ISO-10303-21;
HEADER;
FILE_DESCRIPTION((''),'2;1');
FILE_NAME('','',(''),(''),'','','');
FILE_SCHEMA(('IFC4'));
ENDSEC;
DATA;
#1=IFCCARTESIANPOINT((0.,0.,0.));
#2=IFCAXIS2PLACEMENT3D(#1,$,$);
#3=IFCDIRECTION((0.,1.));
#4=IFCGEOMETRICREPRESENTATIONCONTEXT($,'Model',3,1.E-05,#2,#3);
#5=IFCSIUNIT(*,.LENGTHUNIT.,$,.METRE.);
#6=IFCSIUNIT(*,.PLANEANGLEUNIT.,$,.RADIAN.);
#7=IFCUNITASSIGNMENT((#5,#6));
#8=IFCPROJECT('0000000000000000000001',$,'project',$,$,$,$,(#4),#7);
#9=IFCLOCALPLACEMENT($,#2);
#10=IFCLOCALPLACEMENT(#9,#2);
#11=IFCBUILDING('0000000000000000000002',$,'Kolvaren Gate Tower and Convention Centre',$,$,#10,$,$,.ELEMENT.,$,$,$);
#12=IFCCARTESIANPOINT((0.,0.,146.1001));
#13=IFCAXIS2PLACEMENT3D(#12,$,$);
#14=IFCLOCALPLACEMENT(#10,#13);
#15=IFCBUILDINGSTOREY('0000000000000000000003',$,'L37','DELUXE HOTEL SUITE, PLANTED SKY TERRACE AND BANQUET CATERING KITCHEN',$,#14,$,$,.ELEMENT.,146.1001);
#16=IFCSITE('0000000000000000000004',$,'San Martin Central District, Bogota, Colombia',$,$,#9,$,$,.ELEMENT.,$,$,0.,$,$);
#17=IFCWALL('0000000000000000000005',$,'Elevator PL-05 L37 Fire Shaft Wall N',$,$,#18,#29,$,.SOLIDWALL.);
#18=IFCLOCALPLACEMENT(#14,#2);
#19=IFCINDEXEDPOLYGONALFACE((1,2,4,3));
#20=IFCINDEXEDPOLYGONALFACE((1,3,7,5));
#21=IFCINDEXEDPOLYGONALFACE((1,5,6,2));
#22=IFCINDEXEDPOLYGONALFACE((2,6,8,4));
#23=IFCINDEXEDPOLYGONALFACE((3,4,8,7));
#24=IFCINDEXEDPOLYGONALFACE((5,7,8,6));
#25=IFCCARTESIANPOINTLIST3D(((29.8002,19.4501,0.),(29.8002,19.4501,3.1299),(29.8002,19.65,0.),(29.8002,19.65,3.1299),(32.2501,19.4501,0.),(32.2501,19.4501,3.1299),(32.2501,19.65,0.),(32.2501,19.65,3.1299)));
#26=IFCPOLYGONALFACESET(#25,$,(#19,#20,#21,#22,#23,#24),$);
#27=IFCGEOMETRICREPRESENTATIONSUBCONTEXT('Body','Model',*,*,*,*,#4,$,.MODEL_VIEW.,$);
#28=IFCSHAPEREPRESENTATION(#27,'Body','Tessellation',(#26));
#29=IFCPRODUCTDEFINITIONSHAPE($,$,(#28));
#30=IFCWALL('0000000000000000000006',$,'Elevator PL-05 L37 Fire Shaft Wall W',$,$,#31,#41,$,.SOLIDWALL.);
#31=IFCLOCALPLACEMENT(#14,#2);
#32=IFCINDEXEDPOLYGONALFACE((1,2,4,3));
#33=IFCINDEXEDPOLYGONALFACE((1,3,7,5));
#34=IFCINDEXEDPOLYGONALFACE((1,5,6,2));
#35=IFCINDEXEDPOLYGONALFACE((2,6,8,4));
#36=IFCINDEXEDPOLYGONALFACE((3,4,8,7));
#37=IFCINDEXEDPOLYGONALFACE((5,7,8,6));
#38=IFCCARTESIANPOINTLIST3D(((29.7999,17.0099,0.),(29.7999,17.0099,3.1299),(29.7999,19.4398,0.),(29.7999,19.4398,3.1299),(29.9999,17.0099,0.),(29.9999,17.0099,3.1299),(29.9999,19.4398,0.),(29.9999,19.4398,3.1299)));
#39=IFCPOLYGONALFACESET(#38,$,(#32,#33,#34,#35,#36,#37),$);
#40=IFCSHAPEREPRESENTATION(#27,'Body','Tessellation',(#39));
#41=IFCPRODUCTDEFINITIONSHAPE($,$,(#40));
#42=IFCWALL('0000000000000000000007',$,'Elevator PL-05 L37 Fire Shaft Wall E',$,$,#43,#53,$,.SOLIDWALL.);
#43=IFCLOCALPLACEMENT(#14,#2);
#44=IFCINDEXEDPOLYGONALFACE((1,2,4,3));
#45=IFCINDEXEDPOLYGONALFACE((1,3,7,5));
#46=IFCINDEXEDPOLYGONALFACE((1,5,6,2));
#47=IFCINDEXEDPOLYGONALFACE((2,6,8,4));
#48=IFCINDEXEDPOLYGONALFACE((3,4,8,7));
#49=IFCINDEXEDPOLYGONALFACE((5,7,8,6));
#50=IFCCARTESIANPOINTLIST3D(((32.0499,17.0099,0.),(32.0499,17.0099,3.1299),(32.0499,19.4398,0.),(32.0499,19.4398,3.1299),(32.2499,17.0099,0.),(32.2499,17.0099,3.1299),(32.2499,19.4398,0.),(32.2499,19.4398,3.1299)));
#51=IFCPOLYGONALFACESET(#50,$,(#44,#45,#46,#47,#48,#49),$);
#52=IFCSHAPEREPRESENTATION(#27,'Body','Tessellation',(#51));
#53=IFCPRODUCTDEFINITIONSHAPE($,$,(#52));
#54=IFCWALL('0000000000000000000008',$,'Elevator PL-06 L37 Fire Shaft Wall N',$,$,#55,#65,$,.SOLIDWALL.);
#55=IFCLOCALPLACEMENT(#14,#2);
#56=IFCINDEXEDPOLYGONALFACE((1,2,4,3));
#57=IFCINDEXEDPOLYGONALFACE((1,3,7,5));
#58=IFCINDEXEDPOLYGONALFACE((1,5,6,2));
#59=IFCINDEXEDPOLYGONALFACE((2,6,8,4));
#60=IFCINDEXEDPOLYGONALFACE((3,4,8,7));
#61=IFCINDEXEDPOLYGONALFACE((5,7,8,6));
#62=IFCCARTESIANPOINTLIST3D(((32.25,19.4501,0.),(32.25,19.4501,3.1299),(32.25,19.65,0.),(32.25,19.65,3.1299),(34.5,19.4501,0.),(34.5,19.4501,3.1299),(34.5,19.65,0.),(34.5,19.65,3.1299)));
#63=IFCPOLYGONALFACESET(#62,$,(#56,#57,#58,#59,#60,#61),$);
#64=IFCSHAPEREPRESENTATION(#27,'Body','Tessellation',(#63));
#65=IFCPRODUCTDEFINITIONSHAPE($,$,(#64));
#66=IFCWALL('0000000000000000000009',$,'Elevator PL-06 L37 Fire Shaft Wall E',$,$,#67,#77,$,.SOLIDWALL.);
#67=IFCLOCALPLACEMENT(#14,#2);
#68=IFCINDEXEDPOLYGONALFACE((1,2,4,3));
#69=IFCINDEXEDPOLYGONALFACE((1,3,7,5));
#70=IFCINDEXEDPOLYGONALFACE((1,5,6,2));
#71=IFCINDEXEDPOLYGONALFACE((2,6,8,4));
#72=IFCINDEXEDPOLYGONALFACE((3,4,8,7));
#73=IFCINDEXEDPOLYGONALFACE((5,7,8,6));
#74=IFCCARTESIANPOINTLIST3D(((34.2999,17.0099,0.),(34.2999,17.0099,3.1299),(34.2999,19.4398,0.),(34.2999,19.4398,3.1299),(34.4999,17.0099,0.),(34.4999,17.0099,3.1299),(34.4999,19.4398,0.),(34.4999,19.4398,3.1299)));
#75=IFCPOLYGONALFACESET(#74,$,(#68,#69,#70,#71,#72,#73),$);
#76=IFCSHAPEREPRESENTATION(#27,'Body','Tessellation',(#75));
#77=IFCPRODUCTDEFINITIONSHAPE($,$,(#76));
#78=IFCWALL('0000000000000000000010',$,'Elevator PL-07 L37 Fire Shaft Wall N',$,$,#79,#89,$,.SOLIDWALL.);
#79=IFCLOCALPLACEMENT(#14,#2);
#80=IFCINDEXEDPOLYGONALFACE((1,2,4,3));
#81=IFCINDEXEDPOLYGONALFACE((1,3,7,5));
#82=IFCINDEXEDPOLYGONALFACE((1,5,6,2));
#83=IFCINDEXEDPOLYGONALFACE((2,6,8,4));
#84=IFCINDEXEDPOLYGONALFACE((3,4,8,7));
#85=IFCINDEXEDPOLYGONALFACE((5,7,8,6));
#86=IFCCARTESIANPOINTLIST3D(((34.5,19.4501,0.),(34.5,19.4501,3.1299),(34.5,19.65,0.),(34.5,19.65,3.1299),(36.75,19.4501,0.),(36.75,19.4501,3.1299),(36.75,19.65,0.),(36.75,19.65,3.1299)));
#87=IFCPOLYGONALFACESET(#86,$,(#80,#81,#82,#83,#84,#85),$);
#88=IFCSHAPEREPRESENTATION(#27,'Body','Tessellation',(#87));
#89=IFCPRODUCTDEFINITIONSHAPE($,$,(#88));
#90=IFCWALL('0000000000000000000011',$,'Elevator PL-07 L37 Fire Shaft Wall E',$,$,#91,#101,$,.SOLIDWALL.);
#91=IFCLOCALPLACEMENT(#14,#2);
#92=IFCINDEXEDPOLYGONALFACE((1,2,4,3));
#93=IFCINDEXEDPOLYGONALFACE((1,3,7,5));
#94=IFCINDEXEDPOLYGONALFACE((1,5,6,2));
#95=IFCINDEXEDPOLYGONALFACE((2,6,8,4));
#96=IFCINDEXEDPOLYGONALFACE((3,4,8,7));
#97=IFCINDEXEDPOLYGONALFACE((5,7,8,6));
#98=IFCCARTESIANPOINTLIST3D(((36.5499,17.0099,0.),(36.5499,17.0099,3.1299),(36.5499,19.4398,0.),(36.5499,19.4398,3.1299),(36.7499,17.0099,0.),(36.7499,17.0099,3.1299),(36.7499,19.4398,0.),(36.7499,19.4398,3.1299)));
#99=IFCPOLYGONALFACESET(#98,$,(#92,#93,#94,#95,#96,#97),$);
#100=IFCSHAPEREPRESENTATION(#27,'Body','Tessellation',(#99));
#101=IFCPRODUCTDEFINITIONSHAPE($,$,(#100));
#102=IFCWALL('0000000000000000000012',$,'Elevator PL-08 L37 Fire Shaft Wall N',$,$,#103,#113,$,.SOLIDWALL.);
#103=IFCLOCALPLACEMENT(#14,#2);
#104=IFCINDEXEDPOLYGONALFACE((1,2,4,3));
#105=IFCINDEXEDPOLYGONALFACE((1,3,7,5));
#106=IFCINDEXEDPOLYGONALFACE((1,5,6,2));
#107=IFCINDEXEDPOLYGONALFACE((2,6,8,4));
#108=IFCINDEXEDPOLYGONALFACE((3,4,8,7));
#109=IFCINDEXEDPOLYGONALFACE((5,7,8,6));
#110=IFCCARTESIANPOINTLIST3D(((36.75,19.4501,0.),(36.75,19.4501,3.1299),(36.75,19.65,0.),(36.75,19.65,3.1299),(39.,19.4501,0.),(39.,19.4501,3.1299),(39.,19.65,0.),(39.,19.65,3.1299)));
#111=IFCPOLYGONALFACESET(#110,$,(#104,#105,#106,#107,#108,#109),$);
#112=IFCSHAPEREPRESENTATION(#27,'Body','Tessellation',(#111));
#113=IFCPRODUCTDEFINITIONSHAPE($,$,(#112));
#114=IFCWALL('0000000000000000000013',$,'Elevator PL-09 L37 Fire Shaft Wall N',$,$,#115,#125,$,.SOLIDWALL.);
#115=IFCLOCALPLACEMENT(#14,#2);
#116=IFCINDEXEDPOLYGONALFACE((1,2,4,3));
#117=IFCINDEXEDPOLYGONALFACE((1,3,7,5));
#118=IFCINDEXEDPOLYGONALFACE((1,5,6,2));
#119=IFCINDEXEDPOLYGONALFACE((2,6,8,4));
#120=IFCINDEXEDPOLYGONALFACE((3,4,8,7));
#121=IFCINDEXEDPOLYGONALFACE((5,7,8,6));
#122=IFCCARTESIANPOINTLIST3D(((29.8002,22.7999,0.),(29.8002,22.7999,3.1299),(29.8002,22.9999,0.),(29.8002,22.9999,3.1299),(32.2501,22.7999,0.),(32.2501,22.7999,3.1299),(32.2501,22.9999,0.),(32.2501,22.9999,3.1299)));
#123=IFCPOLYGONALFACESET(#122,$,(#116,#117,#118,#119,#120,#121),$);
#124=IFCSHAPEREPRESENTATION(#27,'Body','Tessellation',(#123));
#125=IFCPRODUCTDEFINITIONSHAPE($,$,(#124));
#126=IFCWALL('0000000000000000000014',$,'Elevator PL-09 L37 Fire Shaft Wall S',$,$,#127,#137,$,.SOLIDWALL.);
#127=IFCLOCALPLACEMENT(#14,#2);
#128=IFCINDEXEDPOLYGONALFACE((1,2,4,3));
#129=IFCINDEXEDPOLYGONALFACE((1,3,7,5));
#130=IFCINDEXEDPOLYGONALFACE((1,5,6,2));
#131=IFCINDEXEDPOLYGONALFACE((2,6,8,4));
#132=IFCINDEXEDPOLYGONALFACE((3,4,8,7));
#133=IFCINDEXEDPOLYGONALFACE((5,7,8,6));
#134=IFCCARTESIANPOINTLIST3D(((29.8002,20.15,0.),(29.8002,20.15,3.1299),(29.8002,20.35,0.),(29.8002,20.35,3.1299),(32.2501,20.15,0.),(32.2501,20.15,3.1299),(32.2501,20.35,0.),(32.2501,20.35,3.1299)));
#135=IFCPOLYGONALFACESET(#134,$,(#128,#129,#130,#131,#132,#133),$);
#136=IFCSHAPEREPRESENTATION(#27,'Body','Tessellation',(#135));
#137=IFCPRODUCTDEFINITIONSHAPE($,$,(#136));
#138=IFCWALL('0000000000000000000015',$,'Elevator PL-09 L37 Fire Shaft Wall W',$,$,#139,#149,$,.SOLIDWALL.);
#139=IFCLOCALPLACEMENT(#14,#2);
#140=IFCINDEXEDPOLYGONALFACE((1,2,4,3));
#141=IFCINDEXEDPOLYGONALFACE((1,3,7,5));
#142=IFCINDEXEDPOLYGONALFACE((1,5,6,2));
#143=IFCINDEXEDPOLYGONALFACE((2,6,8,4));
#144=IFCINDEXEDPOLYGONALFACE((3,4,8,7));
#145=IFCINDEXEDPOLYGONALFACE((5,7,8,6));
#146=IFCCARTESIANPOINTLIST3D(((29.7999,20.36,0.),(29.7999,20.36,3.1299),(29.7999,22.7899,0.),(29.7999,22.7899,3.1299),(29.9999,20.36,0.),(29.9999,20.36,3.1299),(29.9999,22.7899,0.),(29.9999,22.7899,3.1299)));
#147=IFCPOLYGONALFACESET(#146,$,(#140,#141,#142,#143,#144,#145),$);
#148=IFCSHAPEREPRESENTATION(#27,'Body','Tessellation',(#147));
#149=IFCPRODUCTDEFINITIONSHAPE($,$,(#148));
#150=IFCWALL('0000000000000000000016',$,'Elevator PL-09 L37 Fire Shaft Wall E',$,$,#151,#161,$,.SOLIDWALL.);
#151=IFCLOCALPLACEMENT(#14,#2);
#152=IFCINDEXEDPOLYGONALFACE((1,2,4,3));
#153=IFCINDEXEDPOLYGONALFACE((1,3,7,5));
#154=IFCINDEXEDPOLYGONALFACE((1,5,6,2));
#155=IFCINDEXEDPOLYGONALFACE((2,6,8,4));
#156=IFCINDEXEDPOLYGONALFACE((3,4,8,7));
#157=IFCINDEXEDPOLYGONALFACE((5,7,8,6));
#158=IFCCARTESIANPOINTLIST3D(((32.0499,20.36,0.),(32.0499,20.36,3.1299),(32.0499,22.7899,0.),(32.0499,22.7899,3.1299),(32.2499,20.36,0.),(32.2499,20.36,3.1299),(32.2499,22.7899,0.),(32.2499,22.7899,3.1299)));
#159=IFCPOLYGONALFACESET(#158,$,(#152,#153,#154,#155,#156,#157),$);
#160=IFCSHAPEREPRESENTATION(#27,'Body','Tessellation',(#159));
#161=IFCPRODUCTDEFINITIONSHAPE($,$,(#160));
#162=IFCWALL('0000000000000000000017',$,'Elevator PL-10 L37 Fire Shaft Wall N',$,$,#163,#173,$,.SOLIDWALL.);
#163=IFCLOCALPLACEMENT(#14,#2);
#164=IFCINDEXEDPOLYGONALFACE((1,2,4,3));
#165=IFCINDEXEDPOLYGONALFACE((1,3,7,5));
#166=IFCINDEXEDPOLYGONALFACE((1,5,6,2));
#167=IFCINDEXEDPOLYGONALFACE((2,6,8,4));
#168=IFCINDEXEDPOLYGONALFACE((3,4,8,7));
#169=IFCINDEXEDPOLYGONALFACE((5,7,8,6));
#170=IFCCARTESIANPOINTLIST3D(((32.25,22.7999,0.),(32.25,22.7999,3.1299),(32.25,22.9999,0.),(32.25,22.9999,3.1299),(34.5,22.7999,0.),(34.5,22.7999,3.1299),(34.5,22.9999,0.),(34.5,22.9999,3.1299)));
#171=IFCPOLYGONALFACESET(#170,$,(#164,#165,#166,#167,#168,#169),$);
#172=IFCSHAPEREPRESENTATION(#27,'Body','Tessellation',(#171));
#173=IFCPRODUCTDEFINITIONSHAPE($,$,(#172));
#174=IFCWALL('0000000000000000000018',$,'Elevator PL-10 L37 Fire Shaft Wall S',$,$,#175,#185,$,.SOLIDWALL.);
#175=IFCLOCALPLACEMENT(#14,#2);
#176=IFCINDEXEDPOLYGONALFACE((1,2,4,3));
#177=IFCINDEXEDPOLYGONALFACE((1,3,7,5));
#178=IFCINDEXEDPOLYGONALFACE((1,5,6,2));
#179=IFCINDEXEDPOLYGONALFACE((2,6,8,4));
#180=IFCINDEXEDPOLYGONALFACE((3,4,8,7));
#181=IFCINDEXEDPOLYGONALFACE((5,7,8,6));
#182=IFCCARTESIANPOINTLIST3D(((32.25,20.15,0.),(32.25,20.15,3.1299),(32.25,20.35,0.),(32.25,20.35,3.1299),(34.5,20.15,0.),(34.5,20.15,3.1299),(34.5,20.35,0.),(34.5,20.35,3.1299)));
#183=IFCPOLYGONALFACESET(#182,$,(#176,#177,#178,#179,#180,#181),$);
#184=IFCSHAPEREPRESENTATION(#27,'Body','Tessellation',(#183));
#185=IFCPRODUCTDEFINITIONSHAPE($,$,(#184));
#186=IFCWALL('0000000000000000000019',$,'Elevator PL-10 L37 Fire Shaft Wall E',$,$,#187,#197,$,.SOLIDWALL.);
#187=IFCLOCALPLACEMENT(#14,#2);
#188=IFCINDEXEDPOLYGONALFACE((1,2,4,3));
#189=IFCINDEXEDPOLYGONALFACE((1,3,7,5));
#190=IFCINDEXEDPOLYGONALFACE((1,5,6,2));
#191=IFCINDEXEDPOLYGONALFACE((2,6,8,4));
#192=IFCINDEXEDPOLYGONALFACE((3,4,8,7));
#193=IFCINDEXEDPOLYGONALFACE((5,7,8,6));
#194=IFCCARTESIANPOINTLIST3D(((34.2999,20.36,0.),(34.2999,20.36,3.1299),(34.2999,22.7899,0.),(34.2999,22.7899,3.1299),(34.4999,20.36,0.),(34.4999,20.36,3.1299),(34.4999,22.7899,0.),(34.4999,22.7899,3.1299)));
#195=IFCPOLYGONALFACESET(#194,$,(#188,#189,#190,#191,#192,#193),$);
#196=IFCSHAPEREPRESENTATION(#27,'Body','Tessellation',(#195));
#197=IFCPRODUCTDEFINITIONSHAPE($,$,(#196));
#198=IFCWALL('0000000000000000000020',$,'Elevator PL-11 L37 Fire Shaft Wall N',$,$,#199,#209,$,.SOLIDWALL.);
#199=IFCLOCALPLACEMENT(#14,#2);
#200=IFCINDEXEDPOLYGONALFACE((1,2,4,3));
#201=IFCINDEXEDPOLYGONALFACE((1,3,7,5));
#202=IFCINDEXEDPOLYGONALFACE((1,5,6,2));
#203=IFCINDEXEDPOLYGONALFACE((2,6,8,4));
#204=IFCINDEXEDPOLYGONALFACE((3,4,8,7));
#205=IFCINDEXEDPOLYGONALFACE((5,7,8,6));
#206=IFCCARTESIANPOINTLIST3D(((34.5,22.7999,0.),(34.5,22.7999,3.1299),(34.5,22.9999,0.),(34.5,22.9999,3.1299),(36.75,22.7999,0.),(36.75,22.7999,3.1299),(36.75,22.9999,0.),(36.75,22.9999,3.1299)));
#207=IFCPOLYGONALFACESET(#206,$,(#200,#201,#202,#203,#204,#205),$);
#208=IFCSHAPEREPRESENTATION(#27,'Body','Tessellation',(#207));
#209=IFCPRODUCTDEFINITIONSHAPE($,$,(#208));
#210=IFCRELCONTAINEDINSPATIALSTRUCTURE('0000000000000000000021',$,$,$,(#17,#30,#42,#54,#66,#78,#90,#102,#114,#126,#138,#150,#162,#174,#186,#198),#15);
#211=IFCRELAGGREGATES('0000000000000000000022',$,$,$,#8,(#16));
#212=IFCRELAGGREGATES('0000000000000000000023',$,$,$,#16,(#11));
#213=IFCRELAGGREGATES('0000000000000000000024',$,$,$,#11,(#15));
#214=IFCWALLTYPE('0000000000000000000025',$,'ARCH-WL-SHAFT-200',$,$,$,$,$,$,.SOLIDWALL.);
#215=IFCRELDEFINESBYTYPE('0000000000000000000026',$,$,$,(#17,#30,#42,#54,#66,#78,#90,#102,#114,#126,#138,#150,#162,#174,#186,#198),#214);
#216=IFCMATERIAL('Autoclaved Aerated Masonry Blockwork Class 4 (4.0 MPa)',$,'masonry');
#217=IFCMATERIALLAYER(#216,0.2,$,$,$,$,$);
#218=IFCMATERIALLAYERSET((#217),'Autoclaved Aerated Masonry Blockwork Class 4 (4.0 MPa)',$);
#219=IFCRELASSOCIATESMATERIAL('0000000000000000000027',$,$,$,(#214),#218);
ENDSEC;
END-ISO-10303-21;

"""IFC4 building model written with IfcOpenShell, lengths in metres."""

from ifc_helpers import new_model, si_unit, direction, frame, frame_2d, origin, place, context, subcontext, project, spatial, rectangle, extrude, material, layer, layer_set, type_object, element, save


model = new_model("IFC4")

# Units and contexts
model_context = context("Model", 3, precision=1e-05, world=origin(), true_north=direction((0.0, 1.0)))
body_context = subcontext(model_context, "Body", "Model", "MODEL_VIEW")
ifc_project = project(units=[si_unit("LENGTHUNIT", "METRE"), si_unit("PLANEANGLEUNIT", "RADIAN")], contexts=[model_context])

# Site, building, storey
site_placement = place(None, origin())
site = spatial("IfcSite", under=ifc_project, at=site_placement, Name="San Martin Central District, Bogota, Colombia", CompositionType="ELEMENT", RefElevation=0.0)
building_placement = place(site_placement, origin())
building = spatial("IfcBuilding", under=site, at=building_placement, Name="Kolvaren Gate Tower and Convention Centre", CompositionType="ELEMENT")
storey_placement = place(building_placement, frame((0.0, 0.0, 146.1001)))
storey = spatial("IfcBuildingStorey", under=building, at=storey_placement, Name="L37", Description="DELUXE HOTEL SUITE, PLANTED SKY TERRACE AND BANQUET CATERING KITCHEN", CompositionType="ELEMENT", Elevation=146.1001)

# Walls
ifc_material_1 = material(Name="Autoclaved Aerated Masonry Blockwork Class 4 (4.0 MPa)", Category="masonry")
ifc_layer_1 = layer(ifc_material_1, 0.2)
ifc_layer_set_1 = layer_set([ifc_layer_1], Name="Autoclaved Aerated Masonry Blockwork Class 4 (4.0 MPa)")
wall_type_1 = type_object("IfcWallType", Name="ARCH-WL-SHAFT-200", PredefinedType="SOLIDWALL", material=ifc_layer_set_1)
wall_1_placement = place(storey_placement, frame((29.8, 19.55, 0.0), z_axis=(0.0, 0.0, 1.0), x_axis=(1.0, 0.0, 0.0)))
element("IfcWall", 1, at=wall_1_placement, inside=storey, type_object=wall_type_1, Name="Elevator PL-05 L37 Fire Shaft Wall N", PredefinedType="SOLIDWALL", context=body_context, shape_type="SweptSolid", body=[
    extrude(rectangle(XDim=2.45, YDim=0.2, at=frame_2d((1.2251, 0.0))), origin(), (0.0, 0.0, 1.0), 3.1299),
])
for number, where, z_axis, x_axis, name in (
    (2, (29.8999, 17.01, 0.0), (0.0, 0.0, 1.0), (0.0, 1.0, 0.0), "Elevator PL-05 L37 Fire Shaft Wall W"),
    (3, (32.1499, 17.01, 0.0), (0.0, 0.0, 1.0), (0.0, 1.0, 0.0), "Elevator PL-05 L37 Fire Shaft Wall E"),
):
    element("IfcWall", number, at=place(storey_placement, frame(where, z_axis=z_axis, x_axis=x_axis)), inside=storey, type_object=wall_type_1, Name=name, PredefinedType="SOLIDWALL", context=body_context, shape_type="SweptSolid", body=[
        extrude(rectangle(XDim=2.4299, YDim=0.2, at=frame_2d((1.2148, 0.0))), origin(), (0.0, 0.0, 1.0), 3.1299),
    ])
wall_2_placement = place(storey_placement, frame((32.25, 19.55, 0.0), z_axis=(0.0, 0.0, 1.0), x_axis=(1.0, 0.0, 0.0)))
element("IfcWall", 4, at=wall_2_placement, inside=storey, type_object=wall_type_1, Name="Elevator PL-06 L37 Fire Shaft Wall N", PredefinedType="SOLIDWALL", context=body_context, shape_type="SweptSolid", body=[
    extrude(rectangle(XDim=2.25, YDim=0.2, at=frame_2d((1.125, 0.0))), origin(), (0.0, 0.0, 1.0), 3.1299),
])
wall_3_placement = place(storey_placement, frame((34.3999, 17.01, 0.0), z_axis=(0.0, 0.0, 1.0), x_axis=(0.0, 1.0, 0.0)))
element("IfcWall", 5, at=wall_3_placement, inside=storey, type_object=wall_type_1, Name="Elevator PL-06 L37 Fire Shaft Wall E", PredefinedType="SOLIDWALL", context=body_context, shape_type="SweptSolid", body=[
    extrude(rectangle(XDim=2.4299, YDim=0.2, at=frame_2d((1.2148, 0.0))), origin(), (0.0, 0.0, 1.0), 3.1299),
])
wall_4_placement = place(storey_placement, frame((34.5, 19.55, 0.0), z_axis=(0.0, 0.0, 1.0), x_axis=(1.0, 0.0, 0.0)))
element("IfcWall", 6, at=wall_4_placement, inside=storey, type_object=wall_type_1, Name="Elevator PL-07 L37 Fire Shaft Wall N", PredefinedType="SOLIDWALL", context=body_context, shape_type="SweptSolid", body=[
    extrude(rectangle(XDim=2.25, YDim=0.2, at=frame_2d((1.125, 0.0))), origin(), (0.0, 0.0, 1.0), 3.1299),
])
wall_5_placement = place(storey_placement, frame((36.6499, 17.01, 0.0), z_axis=(0.0, 0.0, 1.0), x_axis=(0.0, 1.0, 0.0)))
element("IfcWall", 7, at=wall_5_placement, inside=storey, type_object=wall_type_1, Name="Elevator PL-07 L37 Fire Shaft Wall E", PredefinedType="SOLIDWALL", context=body_context, shape_type="SweptSolid", body=[
    extrude(rectangle(XDim=2.4299, YDim=0.2, at=frame_2d((1.2148, 0.0))), origin(), (0.0, 0.0, 1.0), 3.1299),
])
wall_6_placement = place(storey_placement, frame((36.75, 19.55, 0.0), z_axis=(0.0, 0.0, 1.0), x_axis=(1.0, 0.0, 0.0)))
element("IfcWall", 8, at=wall_6_placement, inside=storey, type_object=wall_type_1, Name="Elevator PL-08 L37 Fire Shaft Wall N", PredefinedType="SOLIDWALL", context=body_context, shape_type="SweptSolid", body=[
    extrude(rectangle(XDim=2.25, YDim=0.2, at=frame_2d((1.125, 0.0))), origin(), (0.0, 0.0, 1.0), 3.1299),
])
for number, where, z_axis, x_axis, name in (
    (9, (29.8, 22.8999, 0.0), (0.0, 0.0, 1.0), (1.0, 0.0, 0.0), "Elevator PL-09 L37 Fire Shaft Wall N"),
    (10, (29.8, 20.25, 0.0), (0.0, 0.0, 1.0), (1.0, 0.0, 0.0), "Elevator PL-09 L37 Fire Shaft Wall S"),
):
    element("IfcWall", number, at=place(storey_placement, frame(where, z_axis=z_axis, x_axis=x_axis)), inside=storey, type_object=wall_type_1, Name=name, PredefinedType="SOLIDWALL", context=body_context, shape_type="SweptSolid", body=[
        extrude(rectangle(XDim=2.45, YDim=0.2, at=frame_2d((1.2251, 0.0))), origin(), (0.0, 0.0, 1.0), 3.1299),
    ])
for number, where, z_axis, x_axis, name in (
    (11, (29.8999, 20.3601, 0.0), (0.0, 0.0, 1.0), (0.0, 1.0, 0.0), "Elevator PL-09 L37 Fire Shaft Wall W"),
    (12, (32.1499, 20.3601, 0.0), (0.0, 0.0, 1.0), (0.0, 1.0, 0.0), "Elevator PL-09 L37 Fire Shaft Wall E"),
):
    element("IfcWall", number, at=place(storey_placement, frame(where, z_axis=z_axis, x_axis=x_axis)), inside=storey, type_object=wall_type_1, Name=name, PredefinedType="SOLIDWALL", context=body_context, shape_type="SweptSolid", body=[
        extrude(rectangle(XDim=2.4299, YDim=0.2, at=frame_2d((1.2148, 0.0))), origin(), (0.0, 0.0, 1.0), 3.1299),
    ])
for number, where, z_axis, x_axis, name in (
    (13, (32.25, 22.8999, 0.0), (0.0, 0.0, 1.0), (1.0, 0.0, 0.0), "Elevator PL-10 L37 Fire Shaft Wall N"),
    (14, (32.25, 20.25, 0.0), (0.0, 0.0, 1.0), (1.0, 0.0, 0.0), "Elevator PL-10 L37 Fire Shaft Wall S"),
):
    element("IfcWall", number, at=place(storey_placement, frame(where, z_axis=z_axis, x_axis=x_axis)), inside=storey, type_object=wall_type_1, Name=name, PredefinedType="SOLIDWALL", context=body_context, shape_type="SweptSolid", body=[
        extrude(rectangle(XDim=2.25, YDim=0.2, at=frame_2d((1.125, 0.0))), origin(), (0.0, 0.0, 1.0), 3.1299),
    ])
wall_7_placement = place(storey_placement, frame((34.3999, 20.3601, 0.0), z_axis=(0.0, 0.0, 1.0), x_axis=(0.0, 1.0, 0.0)))
element("IfcWall", 15, at=wall_7_placement, inside=storey, type_object=wall_type_1, Name="Elevator PL-10 L37 Fire Shaft Wall E", PredefinedType="SOLIDWALL", context=body_context, shape_type="SweptSolid", body=[
    extrude(rectangle(XDim=2.4299, YDim=0.2, at=frame_2d((1.2148, 0.0))), origin(), (0.0, 0.0, 1.0), 3.1299),
])
for number, where, z_axis, x_axis, name in (
    (16, (34.5, 22.8999, 0.0), (0.0, 0.0, 1.0), (1.0, 0.0, 0.0), "Elevator PL-11 L37 Fire Shaft Wall N"),
):
    element("IfcWall", number, at=place(storey_placement, frame(where, z_axis=z_axis, x_axis=x_axis)), inside=storey, type_object=wall_type_1, Name=name, PredefinedType="SOLIDWALL", context=body_context, shape_type="SweptSolid", body=[
        extrude(rectangle(XDim=2.25, YDim=0.2, at=frame_2d((1.125, 0.0))), origin(), (0.0, 0.0, 1.0), 3.1299),
    ])

save(model, "model.ifc")
